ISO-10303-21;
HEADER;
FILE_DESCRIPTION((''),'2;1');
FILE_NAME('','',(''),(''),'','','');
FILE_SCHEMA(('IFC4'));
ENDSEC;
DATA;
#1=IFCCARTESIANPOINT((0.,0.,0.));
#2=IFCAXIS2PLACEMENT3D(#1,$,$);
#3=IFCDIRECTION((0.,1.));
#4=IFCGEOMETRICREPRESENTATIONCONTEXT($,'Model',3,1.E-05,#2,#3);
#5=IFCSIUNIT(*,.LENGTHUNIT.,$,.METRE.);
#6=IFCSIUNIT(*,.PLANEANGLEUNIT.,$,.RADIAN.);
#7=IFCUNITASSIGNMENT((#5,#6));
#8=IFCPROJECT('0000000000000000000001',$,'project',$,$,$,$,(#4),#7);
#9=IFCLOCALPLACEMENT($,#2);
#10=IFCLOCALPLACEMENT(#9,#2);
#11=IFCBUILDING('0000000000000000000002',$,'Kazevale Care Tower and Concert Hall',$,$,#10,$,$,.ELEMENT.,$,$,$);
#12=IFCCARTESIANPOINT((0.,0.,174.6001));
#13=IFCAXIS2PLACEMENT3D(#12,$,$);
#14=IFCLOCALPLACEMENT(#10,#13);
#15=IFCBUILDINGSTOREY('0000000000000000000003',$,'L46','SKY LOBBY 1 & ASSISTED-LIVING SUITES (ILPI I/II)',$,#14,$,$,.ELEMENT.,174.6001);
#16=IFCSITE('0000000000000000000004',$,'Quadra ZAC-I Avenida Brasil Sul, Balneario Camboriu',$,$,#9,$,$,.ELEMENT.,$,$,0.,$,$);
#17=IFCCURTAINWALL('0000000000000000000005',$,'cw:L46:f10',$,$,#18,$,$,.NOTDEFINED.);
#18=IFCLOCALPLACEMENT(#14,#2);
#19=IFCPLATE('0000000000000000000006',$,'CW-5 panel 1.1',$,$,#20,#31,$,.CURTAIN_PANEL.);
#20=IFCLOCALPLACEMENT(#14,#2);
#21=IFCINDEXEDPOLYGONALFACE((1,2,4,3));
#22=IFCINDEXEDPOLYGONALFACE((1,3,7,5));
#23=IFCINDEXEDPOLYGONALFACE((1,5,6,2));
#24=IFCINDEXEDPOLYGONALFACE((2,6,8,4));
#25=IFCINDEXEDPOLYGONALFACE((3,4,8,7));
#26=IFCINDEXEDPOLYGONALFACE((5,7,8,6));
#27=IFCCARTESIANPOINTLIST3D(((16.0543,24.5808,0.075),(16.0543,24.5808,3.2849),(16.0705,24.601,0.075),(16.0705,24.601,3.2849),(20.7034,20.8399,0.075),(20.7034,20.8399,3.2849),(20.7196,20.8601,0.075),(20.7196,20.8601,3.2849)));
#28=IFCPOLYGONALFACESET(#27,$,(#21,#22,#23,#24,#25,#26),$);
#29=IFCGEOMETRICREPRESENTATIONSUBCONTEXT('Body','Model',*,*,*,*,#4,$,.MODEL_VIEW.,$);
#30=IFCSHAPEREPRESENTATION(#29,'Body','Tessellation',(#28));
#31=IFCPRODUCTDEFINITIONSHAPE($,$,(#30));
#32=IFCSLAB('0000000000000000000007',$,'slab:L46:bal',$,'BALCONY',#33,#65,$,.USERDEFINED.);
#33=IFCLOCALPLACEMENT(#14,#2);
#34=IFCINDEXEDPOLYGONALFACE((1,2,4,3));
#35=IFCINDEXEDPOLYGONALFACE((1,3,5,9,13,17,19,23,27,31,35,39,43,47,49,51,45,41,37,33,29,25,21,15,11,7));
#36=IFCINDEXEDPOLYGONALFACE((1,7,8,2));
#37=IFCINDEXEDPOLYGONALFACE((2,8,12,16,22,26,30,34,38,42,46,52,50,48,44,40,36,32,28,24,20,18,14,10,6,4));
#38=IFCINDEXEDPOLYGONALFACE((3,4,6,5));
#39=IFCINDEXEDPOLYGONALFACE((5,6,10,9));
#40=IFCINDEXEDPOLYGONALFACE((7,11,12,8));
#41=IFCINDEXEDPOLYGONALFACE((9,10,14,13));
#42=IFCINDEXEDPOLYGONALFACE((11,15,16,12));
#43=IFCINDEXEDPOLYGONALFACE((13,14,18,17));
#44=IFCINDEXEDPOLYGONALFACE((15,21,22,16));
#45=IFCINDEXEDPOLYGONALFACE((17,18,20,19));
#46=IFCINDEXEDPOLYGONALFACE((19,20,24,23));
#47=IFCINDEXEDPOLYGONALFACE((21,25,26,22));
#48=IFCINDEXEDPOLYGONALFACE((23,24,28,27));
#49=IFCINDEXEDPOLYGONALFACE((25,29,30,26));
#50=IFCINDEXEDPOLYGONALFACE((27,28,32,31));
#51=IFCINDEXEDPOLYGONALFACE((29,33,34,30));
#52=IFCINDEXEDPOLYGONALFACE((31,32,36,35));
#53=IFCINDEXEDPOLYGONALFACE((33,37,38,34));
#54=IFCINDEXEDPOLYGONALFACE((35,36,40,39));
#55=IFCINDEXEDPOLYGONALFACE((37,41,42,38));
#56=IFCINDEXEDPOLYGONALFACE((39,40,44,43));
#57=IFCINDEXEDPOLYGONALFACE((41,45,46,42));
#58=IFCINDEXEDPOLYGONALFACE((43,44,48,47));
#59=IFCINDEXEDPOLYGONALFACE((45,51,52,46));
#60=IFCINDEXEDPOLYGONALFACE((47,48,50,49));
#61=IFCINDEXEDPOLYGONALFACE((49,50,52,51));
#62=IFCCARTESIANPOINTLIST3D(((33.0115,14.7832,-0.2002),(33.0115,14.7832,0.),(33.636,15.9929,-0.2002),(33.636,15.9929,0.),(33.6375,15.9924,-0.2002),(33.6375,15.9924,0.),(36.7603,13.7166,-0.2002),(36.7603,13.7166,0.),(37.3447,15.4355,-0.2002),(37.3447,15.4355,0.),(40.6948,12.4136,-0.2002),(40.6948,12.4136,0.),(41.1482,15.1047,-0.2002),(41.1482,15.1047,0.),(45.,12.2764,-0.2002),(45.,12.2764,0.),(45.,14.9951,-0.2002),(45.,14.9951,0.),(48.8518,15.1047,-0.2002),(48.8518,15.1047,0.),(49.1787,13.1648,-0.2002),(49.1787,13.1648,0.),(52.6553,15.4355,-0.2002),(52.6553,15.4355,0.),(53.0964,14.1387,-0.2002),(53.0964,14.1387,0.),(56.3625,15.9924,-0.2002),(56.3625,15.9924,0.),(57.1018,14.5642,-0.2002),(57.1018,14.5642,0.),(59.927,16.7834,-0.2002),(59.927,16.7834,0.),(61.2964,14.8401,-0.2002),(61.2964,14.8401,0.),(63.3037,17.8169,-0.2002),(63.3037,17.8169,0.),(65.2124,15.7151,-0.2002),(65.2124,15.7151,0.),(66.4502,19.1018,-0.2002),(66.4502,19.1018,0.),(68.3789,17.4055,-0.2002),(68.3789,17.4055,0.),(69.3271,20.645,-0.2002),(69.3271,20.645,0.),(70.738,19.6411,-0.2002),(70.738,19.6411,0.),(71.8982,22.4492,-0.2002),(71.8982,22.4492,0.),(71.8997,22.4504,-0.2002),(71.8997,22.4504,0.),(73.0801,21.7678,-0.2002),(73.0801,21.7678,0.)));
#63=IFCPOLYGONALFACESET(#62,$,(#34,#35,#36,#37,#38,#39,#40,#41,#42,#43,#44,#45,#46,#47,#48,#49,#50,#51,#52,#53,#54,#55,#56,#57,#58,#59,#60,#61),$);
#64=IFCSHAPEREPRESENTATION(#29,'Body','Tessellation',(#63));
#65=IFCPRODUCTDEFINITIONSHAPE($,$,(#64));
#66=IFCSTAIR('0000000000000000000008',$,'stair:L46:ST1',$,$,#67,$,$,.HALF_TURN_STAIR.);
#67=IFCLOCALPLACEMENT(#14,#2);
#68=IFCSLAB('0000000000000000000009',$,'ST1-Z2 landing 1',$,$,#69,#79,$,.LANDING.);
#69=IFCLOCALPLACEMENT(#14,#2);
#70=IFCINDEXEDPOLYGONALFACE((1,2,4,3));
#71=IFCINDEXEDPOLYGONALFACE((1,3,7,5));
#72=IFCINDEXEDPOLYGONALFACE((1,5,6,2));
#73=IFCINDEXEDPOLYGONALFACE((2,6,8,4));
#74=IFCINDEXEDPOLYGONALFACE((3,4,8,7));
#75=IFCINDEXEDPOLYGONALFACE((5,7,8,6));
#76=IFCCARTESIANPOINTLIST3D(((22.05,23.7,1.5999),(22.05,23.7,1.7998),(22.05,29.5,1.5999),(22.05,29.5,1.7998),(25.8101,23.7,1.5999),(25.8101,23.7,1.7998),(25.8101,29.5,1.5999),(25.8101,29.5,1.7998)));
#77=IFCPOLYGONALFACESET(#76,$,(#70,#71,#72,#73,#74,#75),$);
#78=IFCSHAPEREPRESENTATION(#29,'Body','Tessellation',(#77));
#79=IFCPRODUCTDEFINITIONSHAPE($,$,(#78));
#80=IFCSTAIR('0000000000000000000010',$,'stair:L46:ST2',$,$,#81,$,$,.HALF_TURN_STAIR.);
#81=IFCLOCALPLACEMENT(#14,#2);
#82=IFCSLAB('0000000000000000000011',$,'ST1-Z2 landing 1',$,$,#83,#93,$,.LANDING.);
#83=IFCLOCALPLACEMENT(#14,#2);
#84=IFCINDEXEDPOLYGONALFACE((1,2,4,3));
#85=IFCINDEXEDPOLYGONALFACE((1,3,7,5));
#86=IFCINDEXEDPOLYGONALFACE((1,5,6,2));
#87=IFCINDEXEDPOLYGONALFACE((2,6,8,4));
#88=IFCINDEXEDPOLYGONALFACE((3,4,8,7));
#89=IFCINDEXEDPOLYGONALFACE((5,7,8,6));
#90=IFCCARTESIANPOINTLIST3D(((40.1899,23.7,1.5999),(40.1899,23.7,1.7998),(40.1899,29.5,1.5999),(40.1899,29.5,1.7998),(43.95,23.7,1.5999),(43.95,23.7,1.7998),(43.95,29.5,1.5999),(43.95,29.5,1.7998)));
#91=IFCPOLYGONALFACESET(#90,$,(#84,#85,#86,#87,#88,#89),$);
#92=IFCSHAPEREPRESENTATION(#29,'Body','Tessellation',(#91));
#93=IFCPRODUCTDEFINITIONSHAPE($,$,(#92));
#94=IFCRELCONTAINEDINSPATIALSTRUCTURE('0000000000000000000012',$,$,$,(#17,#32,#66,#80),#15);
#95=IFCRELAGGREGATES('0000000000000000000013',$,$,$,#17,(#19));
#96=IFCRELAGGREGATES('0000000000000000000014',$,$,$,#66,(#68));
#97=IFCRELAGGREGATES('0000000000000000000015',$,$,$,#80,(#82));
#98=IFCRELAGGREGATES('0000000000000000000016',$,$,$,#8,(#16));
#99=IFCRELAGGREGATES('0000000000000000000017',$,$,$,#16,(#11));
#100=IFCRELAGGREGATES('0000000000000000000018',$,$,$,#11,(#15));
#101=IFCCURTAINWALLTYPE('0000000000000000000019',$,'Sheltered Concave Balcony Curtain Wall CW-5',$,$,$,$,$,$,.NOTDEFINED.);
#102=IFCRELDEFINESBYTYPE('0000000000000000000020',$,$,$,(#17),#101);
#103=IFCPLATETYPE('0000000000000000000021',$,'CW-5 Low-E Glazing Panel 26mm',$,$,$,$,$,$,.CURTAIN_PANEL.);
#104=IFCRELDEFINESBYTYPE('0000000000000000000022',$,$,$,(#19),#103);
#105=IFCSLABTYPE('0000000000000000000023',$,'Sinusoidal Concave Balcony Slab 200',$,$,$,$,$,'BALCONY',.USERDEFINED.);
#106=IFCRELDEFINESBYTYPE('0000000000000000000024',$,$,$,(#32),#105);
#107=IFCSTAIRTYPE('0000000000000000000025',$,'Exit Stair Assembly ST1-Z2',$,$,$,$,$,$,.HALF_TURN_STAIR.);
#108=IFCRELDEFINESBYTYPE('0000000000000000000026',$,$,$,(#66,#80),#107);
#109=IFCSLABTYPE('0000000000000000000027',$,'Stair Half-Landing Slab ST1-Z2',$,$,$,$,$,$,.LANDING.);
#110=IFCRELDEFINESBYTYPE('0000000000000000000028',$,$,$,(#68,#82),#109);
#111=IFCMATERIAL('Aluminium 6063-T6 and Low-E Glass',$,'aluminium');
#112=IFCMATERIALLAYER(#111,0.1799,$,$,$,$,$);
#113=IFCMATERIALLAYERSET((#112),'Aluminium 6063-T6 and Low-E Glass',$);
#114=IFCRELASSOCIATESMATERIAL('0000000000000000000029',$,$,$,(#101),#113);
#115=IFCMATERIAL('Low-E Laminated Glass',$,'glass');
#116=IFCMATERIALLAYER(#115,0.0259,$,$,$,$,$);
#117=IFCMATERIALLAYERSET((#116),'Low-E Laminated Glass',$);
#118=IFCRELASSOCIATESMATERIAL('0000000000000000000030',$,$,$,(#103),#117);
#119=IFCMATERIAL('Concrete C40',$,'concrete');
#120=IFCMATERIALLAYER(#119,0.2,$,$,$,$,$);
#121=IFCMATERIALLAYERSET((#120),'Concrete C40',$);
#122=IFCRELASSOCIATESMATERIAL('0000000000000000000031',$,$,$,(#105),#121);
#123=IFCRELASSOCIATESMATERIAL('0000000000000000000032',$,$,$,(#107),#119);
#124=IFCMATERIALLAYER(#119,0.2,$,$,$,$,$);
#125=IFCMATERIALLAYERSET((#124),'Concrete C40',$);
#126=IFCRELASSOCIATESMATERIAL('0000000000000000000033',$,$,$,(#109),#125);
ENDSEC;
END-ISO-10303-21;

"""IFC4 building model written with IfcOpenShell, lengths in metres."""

from ifc_helpers import new_model, si_unit, direction, frame, origin, origin_2d, place, context, subcontext, project, spatial, polyline, rectangle, outline, extrude, material, layer, layer_set, type_object, element, aggregate, save


model = new_model("IFC4")

# Units and contexts
model_context = context("Model", 3, precision=1e-05, world=origin(), true_north=direction((0.0, 1.0)))
body_context = subcontext(model_context, "Body", "Model", "MODEL_VIEW")
ifc_project = project(units=[si_unit("LENGTHUNIT", "METRE"), si_unit("PLANEANGLEUNIT", "RADIAN")], contexts=[model_context])

# Site, building, storey
site_placement = place(None, origin())
site = spatial("IfcSite", under=ifc_project, at=site_placement, Name="Quadra ZAC-I Avenida Brasil Sul, Balneario Camboriu", CompositionType="ELEMENT", RefElevation=0.0)
building_placement = place(site_placement, origin())
building = spatial("IfcBuilding", under=site, at=building_placement, Name="Kazevale Care Tower and Concert Hall", CompositionType="ELEMENT")
storey_placement = place(building_placement, frame((0.0, 0.0, 174.6001)))
storey = spatial("IfcBuildingStorey", under=building, at=storey_placement, Name="L46", Description="SKY LOBBY 1 & ASSISTED-LIVING SUITES (ILPI I/II)", CompositionType="ELEMENT", Elevation=174.6001)

# Curtain wall
ifc_material_1 = material(Name="Aluminium 6063-T6 and Low-E Glass", Category="aluminium")
ifc_layer_1 = layer(ifc_material_1, 0.1799)
ifc_layer_set_1 = layer_set([ifc_layer_1], Name="Aluminium 6063-T6 and Low-E Glass")
curtain_wall_type = type_object("IfcCurtainWallType", Name="Sheltered Concave Balcony Curtain Wall CW-5", PredefinedType="NOTDEFINED", material=ifc_layer_set_1)
curtain_wall_placement = place(storey_placement, origin())
curtain_wall = element("IfcCurtainWall", 1, at=curtain_wall_placement, inside=storey, type_object=curtain_wall_type, Name="cw:L46:f10", PredefinedType="NOTDEFINED")

# Plate
ifc_material_2 = material(Name="Low-E Laminated Glass", Category="glass")
ifc_layer_2 = layer(ifc_material_2, 0.0259)
ifc_layer_set_2 = layer_set([ifc_layer_2], Name="Low-E Laminated Glass")
plate_type = type_object("IfcPlateType", Name="CW-5 Low-E Glazing Panel 26mm", PredefinedType="CURTAIN_PANEL", material=ifc_layer_set_2)
plate_placement = place(storey_placement, frame((18.387, 22.7205, 0.075), z_axis=(0.0, 0.0, 1.0), x_axis=(-0.779095, 0.626905, 0.0)))
plate = element("IfcPlate", 2, at=plate_placement, type_object=plate_type, Name="CW-5 panel 1.1", PredefinedType="CURTAIN_PANEL", context=body_context, shape_type="SweptSolid", body=[
    extrude(rectangle(XDim=5.9673, YDim=0.0259, at=origin_2d()), origin(), (0.0, 0.0, 1.0), 3.21),
])
aggregate(curtain_wall, [plate])

# Slab
ifc_material_3 = material(Name="Concrete C40", Category="concrete")
ifc_layer_3 = layer(ifc_material_3, 0.2)
ifc_layer_set_3 = layer_set([ifc_layer_3], Name="Concrete C40")
slab_type_1 = type_object("IfcSlabType", Name="Sinusoidal Concave Balcony Slab 200", ElementType="BALCONY", PredefinedType="USERDEFINED", material=ifc_layer_set_3)
slab_1_placement = place(storey_placement, frame((0.0, 0.0, -0.2002)))
element("IfcSlab", 3, at=slab_1_placement, inside=storey, type_object=slab_type_1, Name="slab:L46:bal", ObjectType="BALCONY", PredefinedType="USERDEFINED", context=body_context, shape_type="SweptSolid", body=[
    extrude(outline(polyline([(73.0801, 21.7678), (70.738, 19.6411), (68.3789, 17.4055), (65.2124, 15.7151), (61.2964, 14.8401), (57.1018, 14.5642), (53.0964, 14.1387), (49.1787, 13.1648), (45.0, 12.2764), (40.6948, 12.4136), (36.7603, 13.7166), (33.0115, 14.7832), (33.636, 15.9929), (33.6375, 15.9924), (37.3447, 15.4355), (41.1482, 15.1047), (45.0, 14.9951), (48.8518, 15.1047), (52.6553, 15.4355), (56.3625, 15.9924), (59.927, 16.7834), (63.3037, 17.8169), (66.4502, 19.1018), (69.3271, 20.645), (71.8982, 22.4492), (71.8997, 22.4504), (73.0801, 21.7678)])), origin(), (0.0, 0.0, 1.0), 0.2002),
])

# Stairs, slabs
stair_type = type_object("IfcStairType", Name="Exit Stair Assembly ST1-Z2", PredefinedType="HALF_TURN_STAIR", material=ifc_material_3)
stair_1_placement = place(storey_placement, origin())
stair_1 = element("IfcStair", 4, at=stair_1_placement, inside=storey, type_object=stair_type, Name="stair:L46:ST1", PredefinedType="HALF_TURN_STAIR")
ifc_layer_4 = layer(ifc_material_3, 0.2)
ifc_layer_set_4 = layer_set([ifc_layer_4], Name="Concrete C40")
slab_type_2 = type_object("IfcSlabType", Name="Stair Half-Landing Slab ST1-Z2", PredefinedType="LANDING", material=ifc_layer_set_4)
slab_2_placement = place(storey_placement, frame((0.0, 0.0, 1.5999)))
slab_2 = element("IfcSlab", 5, at=slab_2_placement, type_object=slab_type_2, Name="ST1-Z2 landing 1", PredefinedType="LANDING", context=body_context, shape_type="SweptSolid", body=[
    extrude(outline(polyline([(22.05, 23.7), (25.8101, 23.7), (25.8101, 29.5), (22.05, 29.5), (22.05, 23.7)])), origin(), (0.0, 0.0, 1.0), 0.2),
])
aggregate(stair_1, [slab_2])
stair_2_placement = place(storey_placement, origin())
stair_2 = element("IfcStair", 6, at=stair_2_placement, inside=storey, type_object=stair_type, Name="stair:L46:ST2", PredefinedType="HALF_TURN_STAIR")
slab_3_placement = place(storey_placement, frame((0.0, 0.0, 1.5999)))
slab_3 = element("IfcSlab", 7, at=slab_3_placement, type_object=slab_type_2, Name="ST1-Z2 landing 1", PredefinedType="LANDING", context=body_context, shape_type="SweptSolid", body=[
    extrude(outline(polyline([(40.1899, 23.7), (43.95, 23.7), (43.95, 29.5), (40.1899, 29.5), (40.1899, 23.7)])), origin(), (0.0, 0.0, 1.0), 0.2),
])
aggregate(stair_2, [slab_3])

save(model, "model.ifc")
